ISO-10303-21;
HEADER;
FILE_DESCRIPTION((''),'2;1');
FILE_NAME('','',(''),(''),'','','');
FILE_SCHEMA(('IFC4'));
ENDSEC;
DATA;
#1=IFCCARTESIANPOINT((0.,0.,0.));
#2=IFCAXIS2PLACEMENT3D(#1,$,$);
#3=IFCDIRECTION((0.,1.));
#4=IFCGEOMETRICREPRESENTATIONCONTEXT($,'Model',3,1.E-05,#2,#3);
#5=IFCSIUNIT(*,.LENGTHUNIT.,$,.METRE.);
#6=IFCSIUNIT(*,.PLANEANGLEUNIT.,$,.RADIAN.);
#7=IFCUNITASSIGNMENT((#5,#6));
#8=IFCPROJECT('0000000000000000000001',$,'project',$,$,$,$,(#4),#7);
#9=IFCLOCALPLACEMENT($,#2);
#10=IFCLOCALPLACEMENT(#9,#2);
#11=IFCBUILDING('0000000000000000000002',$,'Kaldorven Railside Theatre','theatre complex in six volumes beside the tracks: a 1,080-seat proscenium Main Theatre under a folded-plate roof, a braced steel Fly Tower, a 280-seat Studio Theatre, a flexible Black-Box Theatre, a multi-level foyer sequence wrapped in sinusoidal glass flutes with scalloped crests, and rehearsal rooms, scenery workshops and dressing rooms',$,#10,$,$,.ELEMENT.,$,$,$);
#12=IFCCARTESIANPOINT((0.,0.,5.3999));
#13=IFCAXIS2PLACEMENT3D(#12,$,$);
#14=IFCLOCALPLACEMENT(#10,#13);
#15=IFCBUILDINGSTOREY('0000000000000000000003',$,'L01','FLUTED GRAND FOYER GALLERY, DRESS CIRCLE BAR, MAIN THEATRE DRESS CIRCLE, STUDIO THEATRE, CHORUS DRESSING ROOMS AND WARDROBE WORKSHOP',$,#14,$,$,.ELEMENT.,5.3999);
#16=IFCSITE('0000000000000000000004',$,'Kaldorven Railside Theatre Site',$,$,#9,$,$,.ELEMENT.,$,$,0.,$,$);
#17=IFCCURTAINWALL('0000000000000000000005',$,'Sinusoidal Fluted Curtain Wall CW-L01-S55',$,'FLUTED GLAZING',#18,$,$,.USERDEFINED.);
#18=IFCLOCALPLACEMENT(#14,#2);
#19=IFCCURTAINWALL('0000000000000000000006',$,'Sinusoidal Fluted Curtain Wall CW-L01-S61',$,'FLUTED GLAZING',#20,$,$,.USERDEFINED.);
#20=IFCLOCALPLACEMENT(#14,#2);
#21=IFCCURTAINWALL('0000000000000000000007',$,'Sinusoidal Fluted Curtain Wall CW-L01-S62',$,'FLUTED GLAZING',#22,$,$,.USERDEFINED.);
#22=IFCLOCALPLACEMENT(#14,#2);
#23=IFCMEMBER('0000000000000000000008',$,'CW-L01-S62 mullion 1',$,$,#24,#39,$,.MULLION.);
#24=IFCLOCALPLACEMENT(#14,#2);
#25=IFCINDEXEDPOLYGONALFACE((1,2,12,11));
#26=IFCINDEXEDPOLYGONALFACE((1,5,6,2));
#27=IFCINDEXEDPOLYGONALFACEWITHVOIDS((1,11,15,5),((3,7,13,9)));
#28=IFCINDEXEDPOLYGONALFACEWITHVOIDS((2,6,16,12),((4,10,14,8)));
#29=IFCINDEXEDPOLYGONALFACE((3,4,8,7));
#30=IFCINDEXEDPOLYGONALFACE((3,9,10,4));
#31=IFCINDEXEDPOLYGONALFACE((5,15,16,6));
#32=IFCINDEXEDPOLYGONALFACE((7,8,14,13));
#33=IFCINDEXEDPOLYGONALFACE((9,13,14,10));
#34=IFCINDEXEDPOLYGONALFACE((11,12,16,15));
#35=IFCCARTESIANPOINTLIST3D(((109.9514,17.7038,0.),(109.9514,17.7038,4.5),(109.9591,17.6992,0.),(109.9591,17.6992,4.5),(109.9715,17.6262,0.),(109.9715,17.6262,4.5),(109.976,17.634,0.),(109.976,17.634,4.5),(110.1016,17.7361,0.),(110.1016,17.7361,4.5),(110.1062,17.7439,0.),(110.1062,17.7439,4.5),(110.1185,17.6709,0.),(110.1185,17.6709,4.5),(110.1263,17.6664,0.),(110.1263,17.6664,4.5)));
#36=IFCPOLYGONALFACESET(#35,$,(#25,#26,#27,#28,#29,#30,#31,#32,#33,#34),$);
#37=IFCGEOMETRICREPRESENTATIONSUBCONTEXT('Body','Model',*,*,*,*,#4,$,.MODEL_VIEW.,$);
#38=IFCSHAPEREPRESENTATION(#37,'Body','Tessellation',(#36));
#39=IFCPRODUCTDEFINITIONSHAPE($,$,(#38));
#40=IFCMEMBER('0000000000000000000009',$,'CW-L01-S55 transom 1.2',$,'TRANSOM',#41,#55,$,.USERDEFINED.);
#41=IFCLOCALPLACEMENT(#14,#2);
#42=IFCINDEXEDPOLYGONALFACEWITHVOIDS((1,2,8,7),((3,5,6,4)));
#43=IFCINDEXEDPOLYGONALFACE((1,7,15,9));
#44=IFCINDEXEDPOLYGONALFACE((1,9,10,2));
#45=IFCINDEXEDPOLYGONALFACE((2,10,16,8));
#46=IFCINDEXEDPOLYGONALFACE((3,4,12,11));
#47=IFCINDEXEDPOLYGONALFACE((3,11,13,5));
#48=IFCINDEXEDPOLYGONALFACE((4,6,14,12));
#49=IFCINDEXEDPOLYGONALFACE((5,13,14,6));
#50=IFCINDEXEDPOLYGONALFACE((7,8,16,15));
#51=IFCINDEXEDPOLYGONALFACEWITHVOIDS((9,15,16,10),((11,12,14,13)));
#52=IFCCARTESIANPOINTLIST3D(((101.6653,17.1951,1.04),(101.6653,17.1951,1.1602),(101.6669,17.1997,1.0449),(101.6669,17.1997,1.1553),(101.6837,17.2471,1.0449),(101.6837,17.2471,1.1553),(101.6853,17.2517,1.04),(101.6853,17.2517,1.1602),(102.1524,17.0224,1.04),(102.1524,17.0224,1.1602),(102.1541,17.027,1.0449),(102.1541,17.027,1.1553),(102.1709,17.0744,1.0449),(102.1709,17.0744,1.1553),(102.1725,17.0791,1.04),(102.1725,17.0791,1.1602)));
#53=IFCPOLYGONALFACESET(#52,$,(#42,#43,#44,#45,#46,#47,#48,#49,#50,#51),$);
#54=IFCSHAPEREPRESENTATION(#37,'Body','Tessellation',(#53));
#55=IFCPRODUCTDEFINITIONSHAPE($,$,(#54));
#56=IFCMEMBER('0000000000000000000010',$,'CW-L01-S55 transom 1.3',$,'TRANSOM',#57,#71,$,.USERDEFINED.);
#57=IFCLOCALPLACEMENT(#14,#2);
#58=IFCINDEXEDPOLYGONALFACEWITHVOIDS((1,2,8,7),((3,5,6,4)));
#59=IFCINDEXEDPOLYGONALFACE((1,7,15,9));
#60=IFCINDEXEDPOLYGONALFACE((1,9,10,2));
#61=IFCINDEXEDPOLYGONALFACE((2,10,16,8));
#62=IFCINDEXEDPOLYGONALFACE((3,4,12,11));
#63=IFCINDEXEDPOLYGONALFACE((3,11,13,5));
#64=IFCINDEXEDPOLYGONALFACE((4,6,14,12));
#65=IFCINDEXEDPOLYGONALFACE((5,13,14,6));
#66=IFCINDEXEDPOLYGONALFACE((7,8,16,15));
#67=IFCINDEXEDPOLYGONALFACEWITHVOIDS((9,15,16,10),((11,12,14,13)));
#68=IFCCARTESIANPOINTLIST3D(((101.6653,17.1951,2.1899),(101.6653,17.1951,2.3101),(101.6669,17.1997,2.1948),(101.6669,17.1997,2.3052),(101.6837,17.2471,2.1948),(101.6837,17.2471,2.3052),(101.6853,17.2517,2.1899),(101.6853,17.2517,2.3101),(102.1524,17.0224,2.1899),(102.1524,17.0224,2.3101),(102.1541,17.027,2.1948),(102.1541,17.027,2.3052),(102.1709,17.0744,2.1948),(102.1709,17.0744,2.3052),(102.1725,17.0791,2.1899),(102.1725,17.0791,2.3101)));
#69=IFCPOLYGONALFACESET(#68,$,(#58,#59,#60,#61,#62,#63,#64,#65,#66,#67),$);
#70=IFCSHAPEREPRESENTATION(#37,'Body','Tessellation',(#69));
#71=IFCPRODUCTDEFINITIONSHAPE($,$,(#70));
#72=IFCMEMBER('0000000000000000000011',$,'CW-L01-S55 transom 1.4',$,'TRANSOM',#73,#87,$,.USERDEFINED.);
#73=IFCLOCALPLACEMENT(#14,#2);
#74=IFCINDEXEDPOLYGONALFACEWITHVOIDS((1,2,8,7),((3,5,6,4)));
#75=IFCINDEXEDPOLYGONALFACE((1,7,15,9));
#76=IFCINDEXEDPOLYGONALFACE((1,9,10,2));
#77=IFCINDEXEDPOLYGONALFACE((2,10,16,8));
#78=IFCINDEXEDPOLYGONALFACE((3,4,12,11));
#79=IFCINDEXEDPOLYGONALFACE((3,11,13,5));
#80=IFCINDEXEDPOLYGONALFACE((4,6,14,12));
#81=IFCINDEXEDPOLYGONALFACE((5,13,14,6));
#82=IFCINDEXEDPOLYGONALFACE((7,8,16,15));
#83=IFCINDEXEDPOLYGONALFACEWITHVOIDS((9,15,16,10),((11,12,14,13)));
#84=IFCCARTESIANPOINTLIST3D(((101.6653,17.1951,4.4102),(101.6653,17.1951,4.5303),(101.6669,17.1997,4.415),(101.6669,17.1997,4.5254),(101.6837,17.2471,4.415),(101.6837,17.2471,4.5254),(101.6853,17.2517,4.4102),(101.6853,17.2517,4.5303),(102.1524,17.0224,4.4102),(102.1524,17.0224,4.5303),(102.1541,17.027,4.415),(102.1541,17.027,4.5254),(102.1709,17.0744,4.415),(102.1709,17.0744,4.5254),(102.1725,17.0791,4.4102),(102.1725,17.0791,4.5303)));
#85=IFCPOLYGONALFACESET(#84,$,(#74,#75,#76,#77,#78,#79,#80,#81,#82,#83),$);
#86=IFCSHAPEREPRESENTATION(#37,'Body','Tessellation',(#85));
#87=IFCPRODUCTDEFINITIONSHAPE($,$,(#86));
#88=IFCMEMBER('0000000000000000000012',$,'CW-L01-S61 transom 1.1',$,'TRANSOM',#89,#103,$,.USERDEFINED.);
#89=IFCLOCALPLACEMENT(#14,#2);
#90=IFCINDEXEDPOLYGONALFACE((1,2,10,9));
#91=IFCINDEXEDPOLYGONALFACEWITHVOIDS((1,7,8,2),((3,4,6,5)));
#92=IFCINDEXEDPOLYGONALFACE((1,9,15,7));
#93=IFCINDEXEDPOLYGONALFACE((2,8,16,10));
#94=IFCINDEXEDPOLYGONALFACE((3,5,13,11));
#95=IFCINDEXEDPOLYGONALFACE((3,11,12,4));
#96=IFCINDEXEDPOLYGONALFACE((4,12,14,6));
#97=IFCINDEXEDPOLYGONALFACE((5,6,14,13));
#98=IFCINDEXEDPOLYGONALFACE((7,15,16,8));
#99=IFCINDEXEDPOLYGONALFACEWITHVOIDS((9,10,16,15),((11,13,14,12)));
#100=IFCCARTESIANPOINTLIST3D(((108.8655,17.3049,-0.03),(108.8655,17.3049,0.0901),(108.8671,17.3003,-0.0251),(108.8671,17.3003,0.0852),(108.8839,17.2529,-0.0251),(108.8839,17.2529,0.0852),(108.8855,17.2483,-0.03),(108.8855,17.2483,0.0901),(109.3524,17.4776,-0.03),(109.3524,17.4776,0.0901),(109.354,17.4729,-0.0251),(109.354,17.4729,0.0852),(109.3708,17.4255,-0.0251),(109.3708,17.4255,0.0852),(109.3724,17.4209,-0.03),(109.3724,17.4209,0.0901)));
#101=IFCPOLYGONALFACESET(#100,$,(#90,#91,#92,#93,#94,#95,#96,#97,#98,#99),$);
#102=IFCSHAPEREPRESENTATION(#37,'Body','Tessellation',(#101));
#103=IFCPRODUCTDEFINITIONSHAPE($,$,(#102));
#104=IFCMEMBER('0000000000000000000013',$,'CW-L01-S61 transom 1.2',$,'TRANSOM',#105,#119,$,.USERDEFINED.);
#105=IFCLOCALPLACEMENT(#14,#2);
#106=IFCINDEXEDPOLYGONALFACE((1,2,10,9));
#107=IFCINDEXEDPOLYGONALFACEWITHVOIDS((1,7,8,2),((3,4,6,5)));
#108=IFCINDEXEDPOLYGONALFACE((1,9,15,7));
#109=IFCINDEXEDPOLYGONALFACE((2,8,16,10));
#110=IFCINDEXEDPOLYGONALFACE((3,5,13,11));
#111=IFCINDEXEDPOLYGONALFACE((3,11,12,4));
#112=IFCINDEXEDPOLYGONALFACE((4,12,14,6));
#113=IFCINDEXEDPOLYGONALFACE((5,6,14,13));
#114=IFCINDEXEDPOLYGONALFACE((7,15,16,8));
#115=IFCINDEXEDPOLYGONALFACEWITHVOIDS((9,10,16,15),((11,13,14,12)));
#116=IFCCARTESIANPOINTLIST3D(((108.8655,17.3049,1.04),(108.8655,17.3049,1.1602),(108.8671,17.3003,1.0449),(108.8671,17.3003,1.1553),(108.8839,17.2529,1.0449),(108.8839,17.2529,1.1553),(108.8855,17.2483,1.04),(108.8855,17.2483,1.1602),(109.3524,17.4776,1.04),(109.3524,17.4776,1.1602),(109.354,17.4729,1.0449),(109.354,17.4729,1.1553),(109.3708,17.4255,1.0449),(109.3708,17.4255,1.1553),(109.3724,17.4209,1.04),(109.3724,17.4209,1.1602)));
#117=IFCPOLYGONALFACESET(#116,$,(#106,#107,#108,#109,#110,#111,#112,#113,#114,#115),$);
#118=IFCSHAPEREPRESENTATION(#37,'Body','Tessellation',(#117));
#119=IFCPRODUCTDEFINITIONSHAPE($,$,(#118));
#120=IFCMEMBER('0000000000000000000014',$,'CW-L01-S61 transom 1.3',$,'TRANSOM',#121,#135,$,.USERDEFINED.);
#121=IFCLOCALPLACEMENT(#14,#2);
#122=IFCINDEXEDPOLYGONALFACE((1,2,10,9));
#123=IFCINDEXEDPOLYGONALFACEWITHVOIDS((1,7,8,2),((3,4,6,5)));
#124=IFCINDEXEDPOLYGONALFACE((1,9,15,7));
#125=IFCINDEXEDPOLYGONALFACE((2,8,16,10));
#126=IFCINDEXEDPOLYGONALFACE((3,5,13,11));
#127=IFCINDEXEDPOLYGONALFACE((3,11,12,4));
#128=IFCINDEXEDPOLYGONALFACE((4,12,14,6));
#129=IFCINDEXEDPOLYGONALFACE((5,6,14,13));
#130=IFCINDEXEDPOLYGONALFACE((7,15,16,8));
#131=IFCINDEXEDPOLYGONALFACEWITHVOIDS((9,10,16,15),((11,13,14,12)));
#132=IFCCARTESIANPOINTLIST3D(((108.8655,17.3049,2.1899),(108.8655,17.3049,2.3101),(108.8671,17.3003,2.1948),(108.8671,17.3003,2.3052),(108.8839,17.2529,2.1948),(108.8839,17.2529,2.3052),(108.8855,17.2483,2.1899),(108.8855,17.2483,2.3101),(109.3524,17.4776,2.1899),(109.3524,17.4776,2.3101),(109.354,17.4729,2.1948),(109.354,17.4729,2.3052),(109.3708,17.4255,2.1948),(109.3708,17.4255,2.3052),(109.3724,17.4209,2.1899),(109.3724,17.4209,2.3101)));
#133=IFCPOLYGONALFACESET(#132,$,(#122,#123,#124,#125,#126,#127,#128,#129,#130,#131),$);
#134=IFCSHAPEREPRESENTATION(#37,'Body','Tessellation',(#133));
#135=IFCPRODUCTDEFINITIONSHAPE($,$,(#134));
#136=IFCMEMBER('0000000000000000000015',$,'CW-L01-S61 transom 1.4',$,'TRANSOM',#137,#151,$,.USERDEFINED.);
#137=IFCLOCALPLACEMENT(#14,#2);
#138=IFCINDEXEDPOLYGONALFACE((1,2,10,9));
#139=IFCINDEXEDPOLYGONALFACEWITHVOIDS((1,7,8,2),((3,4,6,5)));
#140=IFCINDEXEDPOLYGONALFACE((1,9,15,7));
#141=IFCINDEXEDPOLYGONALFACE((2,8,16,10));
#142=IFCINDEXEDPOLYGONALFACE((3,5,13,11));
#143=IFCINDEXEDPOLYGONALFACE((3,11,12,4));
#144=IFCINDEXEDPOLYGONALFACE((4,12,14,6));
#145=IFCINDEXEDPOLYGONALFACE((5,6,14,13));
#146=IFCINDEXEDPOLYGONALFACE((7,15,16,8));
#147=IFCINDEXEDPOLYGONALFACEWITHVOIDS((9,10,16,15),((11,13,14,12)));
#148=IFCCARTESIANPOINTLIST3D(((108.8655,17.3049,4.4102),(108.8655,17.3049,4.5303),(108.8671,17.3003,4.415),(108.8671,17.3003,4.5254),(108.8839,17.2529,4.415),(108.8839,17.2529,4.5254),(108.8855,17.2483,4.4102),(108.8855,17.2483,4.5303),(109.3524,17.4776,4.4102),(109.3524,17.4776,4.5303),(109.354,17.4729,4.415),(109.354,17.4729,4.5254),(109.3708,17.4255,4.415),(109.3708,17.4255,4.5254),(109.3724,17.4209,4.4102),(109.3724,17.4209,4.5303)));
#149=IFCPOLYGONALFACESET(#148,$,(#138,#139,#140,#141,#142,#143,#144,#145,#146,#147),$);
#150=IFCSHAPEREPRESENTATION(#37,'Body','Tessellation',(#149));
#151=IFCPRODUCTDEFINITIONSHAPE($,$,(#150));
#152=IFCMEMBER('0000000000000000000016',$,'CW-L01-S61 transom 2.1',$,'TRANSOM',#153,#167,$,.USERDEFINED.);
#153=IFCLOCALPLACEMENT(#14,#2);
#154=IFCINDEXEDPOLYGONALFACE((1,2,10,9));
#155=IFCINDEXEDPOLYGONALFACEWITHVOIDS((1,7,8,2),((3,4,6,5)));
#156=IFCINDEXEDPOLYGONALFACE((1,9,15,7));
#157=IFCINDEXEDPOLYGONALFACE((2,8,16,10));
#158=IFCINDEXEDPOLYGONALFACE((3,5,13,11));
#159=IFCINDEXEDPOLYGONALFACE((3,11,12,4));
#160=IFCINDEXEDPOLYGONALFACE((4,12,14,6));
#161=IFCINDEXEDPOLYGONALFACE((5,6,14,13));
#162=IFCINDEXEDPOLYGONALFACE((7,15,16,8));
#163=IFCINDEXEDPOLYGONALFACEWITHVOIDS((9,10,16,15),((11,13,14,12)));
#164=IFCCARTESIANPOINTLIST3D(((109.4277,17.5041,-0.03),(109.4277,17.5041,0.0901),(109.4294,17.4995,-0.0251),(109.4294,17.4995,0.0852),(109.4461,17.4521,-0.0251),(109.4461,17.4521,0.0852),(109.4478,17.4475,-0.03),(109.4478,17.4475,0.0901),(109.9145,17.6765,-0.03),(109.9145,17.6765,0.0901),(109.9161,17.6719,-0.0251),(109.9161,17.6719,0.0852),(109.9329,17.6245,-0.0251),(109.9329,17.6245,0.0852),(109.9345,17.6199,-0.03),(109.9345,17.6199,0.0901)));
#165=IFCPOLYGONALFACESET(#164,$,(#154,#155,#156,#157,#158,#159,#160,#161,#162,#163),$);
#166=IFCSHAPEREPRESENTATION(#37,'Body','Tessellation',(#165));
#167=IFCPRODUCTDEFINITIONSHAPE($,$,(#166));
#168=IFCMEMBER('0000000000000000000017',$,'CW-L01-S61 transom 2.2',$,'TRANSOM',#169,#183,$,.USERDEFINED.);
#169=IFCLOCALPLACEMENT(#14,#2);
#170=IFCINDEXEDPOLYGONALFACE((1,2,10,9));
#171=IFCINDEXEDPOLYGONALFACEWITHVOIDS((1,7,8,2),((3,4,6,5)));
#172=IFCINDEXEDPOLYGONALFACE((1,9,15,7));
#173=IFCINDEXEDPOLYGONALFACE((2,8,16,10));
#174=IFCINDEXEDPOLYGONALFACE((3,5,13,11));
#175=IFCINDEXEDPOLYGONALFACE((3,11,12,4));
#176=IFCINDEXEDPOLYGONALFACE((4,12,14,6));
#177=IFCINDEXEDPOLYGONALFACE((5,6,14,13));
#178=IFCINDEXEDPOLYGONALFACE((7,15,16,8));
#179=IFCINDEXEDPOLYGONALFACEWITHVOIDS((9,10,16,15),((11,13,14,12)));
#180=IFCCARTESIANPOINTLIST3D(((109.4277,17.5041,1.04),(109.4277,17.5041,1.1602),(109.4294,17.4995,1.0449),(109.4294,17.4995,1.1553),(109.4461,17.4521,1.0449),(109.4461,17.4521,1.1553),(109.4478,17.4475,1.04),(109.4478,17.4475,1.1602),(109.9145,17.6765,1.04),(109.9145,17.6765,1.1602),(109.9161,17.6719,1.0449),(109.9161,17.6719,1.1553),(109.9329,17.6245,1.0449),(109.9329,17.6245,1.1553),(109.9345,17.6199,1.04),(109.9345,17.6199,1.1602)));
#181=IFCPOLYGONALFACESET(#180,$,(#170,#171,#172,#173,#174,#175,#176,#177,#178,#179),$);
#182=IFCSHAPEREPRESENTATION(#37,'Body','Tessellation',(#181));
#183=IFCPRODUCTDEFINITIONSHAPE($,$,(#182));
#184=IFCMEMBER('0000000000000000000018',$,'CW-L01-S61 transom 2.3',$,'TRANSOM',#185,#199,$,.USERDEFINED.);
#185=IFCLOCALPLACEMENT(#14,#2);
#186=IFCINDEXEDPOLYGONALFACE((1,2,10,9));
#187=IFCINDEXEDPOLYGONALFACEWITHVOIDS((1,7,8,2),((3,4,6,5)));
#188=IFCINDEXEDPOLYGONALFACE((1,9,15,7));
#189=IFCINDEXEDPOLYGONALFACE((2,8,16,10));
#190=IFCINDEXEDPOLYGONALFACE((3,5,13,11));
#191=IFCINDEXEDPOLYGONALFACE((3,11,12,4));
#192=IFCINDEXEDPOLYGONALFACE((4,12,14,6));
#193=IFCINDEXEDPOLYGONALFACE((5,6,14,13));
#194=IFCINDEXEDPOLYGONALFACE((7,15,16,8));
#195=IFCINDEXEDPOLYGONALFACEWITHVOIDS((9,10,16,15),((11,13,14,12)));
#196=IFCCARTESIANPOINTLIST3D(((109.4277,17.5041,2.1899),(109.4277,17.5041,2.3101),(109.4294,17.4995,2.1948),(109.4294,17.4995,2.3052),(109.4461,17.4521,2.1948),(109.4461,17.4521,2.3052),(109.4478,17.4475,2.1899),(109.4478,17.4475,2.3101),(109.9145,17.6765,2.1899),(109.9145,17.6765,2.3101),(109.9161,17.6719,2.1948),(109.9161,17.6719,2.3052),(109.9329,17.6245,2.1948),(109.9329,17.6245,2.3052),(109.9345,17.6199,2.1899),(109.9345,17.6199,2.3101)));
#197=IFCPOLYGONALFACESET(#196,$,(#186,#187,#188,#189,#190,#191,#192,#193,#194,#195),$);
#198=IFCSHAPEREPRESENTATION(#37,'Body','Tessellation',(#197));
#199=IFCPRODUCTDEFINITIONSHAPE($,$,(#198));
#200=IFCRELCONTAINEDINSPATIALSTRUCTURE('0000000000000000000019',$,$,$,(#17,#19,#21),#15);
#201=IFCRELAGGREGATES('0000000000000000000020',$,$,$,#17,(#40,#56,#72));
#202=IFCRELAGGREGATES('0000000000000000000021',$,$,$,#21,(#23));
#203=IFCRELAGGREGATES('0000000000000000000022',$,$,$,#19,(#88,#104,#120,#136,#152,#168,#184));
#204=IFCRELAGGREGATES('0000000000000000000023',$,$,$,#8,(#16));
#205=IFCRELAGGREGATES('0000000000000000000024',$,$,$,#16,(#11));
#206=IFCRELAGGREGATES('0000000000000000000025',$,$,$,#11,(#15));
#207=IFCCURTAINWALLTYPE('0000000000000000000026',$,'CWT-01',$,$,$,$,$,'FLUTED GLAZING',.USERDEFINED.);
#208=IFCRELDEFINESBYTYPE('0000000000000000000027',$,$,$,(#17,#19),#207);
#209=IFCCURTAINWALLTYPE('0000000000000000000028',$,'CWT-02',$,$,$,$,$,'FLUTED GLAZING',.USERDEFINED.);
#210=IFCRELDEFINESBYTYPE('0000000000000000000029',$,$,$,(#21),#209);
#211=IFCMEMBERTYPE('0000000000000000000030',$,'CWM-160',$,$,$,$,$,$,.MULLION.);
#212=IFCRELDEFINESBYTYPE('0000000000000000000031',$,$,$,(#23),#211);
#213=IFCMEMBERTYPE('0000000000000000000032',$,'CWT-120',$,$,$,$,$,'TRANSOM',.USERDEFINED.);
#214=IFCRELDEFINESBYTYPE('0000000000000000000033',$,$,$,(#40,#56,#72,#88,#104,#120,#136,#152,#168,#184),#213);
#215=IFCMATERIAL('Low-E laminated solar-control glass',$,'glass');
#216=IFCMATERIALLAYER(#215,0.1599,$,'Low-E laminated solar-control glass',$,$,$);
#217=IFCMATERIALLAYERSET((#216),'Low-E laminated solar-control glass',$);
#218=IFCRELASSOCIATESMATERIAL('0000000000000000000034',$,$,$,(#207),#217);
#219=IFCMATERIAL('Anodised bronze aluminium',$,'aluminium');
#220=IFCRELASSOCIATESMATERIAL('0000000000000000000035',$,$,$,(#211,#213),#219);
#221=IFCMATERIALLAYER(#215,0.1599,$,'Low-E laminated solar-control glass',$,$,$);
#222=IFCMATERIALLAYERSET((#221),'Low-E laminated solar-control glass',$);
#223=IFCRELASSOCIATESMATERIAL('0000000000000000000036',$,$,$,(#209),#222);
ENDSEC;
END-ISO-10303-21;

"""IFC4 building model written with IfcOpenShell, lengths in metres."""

from ifc_helpers import new_model, si_unit, direction, frame, origin, origin_2d, place, context, subcontext, project, spatial, hollow_rectangle, extrude, material, layer, layer_set, material_profile, profile_set, type_object, element, aggregate, save


model = new_model("IFC4")

# Units and contexts
model_context = context("Model", 3, precision=1e-05, world=origin(), true_north=direction((0.0, 1.0)))
body_context = subcontext(model_context, "Body", "Model", "MODEL_VIEW")
ifc_project = project(units=[si_unit("LENGTHUNIT", "METRE"), si_unit("PLANEANGLEUNIT", "RADIAN")], contexts=[model_context])

# Site, building, storey
site_placement = place(None, origin())
site = spatial("IfcSite", under=ifc_project, at=site_placement, Name="Kaldorven Railside Theatre Site", CompositionType="ELEMENT", RefElevation=0.0)
building_placement = place(site_placement, origin())
building = spatial("IfcBuilding", under=site, at=building_placement, Name="Kaldorven Railside Theatre", Description="theatre complex in six volumes beside the tracks: a 1,080-seat proscenium Main Theatre under a folded-plate roof, a braced steel Fly Tower, a 280-seat Studio Theatre, a flexible Black-Box Theatre, a multi-level foyer sequence wrapped in sinusoidal glass flutes with scalloped crests, and rehearsal rooms, scenery workshops and dressing rooms", CompositionType="ELEMENT")
storey_placement = place(building_placement, frame((0.0, 0.0, 5.3999)))
storey = spatial("IfcBuildingStorey", under=building, at=storey_placement, Name="L01", Description="FLUTED GRAND FOYER GALLERY, DRESS CIRCLE BAR, MAIN THEATRE DRESS CIRCLE, STUDIO THEATRE, CHORUS DRESSING ROOMS AND WARDROBE WORKSHOP", CompositionType="ELEMENT", Elevation=5.3999)

# Curtain wall
ifc_material_1 = material(Name="Low-E laminated solar-control glass", Category="glass")
ifc_layer_1 = layer(ifc_material_1, 0.1599, Name="Low-E laminated solar-control glass")
ifc_layer_set_1 = layer_set([ifc_layer_1], Name="Low-E laminated solar-control glass")
curtain_wall_type_1 = type_object("IfcCurtainWallType", Name="CWT-01", ElementType="FLUTED GLAZING", PredefinedType="USERDEFINED", material=ifc_layer_set_1)
curtain_wall_1_placement = place(storey_placement, origin())
curtain_wall_1 = element("IfcCurtainWall", 1, at=curtain_wall_1_placement, inside=storey, type_object=curtain_wall_type_1, Name="Sinusoidal Fluted Curtain Wall CW-L01-S55", ObjectType="FLUTED GLAZING", PredefinedType="USERDEFINED")
ifc_material_2 = material(Name="Anodised bronze aluminium", Category="aluminium")
ifc_material_profile_1 = material_profile(ifc_material_2, hollow_rectangle(XDim=0.0801, YDim=0.1599, WallThickness=0.0063, at=origin_2d()), Name="RHS 160x80x6.3")
ifc_profile_set_1 = profile_set([ifc_material_profile_1], Name="Anodised bronze aluminium")
member_type_1 = type_object("IfcMemberType", Name="CWM-160", PredefinedType="MULLION", material=ifc_profile_set_1)

# Curtain wall
curtain_wall_2_placement = place(storey_placement, origin())
curtain_wall_2 = element("IfcCurtainWall", 2, at=curtain_wall_2_placement, inside=storey, type_object=curtain_wall_type_1, Name="Sinusoidal Fluted Curtain Wall CW-L01-S61", ObjectType="FLUTED GLAZING", PredefinedType="USERDEFINED")

# Curtain wall, member
ifc_layer_2 = layer(ifc_material_1, 0.1599, Name="Low-E laminated solar-control glass")
ifc_layer_set_2 = layer_set([ifc_layer_2], Name="Low-E laminated solar-control glass")
curtain_wall_type_2 = type_object("IfcCurtainWallType", Name="CWT-02", ElementType="FLUTED GLAZING", PredefinedType="USERDEFINED", material=ifc_layer_set_2)
curtain_wall_3_placement = place(storey_placement, origin())
curtain_wall_3 = element("IfcCurtainWall", 3, at=curtain_wall_3_placement, inside=storey, type_object=curtain_wall_type_2, Name="Sinusoidal Fluted Curtain Wall CW-L01-S62", ObjectType="FLUTED GLAZING", PredefinedType="USERDEFINED")
member_1_placement = place(storey_placement, frame((110.0388, 17.6851, 0.0), z_axis=(0.0, 0.0, 1.0), x_axis=(-0.250954, 0.967999, 0.0)))
member_1 = element("IfcMember", 4, at=member_1_placement, type_object=member_type_1, Name="CW-L01-S62 mullion 1", PredefinedType="MULLION", context=body_context, shape_type="SweptSolid", body=[
    extrude(hollow_rectangle(XDim=0.0801, YDim=0.1599, WallThickness=0.0063, at=origin_2d()), origin(), (0.0, 0.0, 1.0), 4.5),
])

# Members
ifc_material_profile_2 = material_profile(ifc_material_2, hollow_rectangle(XDim=0.0601, YDim=0.1201, WallThickness=0.0049, at=origin_2d()), Name="RHS 120x60x5")
ifc_profile_set_2 = profile_set([ifc_material_profile_2], Name="Anodised bronze aluminium")
member_type_2 = type_object("IfcMemberType", Name="CWT-120", ElementType="TRANSOM", PredefinedType="USERDEFINED", material=ifc_profile_set_2)
member_2_placement = place(storey_placement, frame((101.6753, 17.2234, 1.1001), z_axis=(0.942562, -0.334031, 0.0), x_axis=(0.334031, 0.942562, 0.0)))
member_2 = element("IfcMember", 5, at=member_2_placement, type_object=member_type_2, Name="CW-L01-S55 transom 1.2", ObjectType="TRANSOM", PredefinedType="USERDEFINED", context=body_context, shape_type="SweptSolid", body=[
    extrude(hollow_rectangle(XDim=0.0601, YDim=0.1201, WallThickness=0.0049, at=origin_2d()), origin(), (0.0, 0.0, 1.0), 0.5168),
])
member_3_placement = place(storey_placement, frame((101.6753, 17.2234, 2.25), z_axis=(0.942562, -0.334031, 0.0), x_axis=(0.334031, 0.942562, 0.0)))
member_3 = element("IfcMember", 6, at=member_3_placement, type_object=member_type_2, Name="CW-L01-S55 transom 1.3", ObjectType="TRANSOM", PredefinedType="USERDEFINED", context=body_context, shape_type="SweptSolid", body=[
    extrude(hollow_rectangle(XDim=0.0601, YDim=0.1201, WallThickness=0.0049, at=origin_2d()), origin(), (0.0, 0.0, 1.0), 0.5168),
])
member_4_placement = place(storey_placement, frame((101.6753, 17.2234, 4.4702), z_axis=(0.942562, -0.334031, 0.0), x_axis=(0.334031, 0.942562, 0.0)))
member_4 = element("IfcMember", 7, at=member_4_placement, type_object=member_type_2, Name="CW-L01-S55 transom 1.4", ObjectType="TRANSOM", PredefinedType="USERDEFINED", context=body_context, shape_type="SweptSolid", body=[
    extrude(hollow_rectangle(XDim=0.0601, YDim=0.1201, WallThickness=0.0049, at=origin_2d()), origin(), (0.0, 0.0, 1.0), 0.5168),
])
aggregate(curtain_wall_1, [member_2, member_3, member_4])
member_5_placement = place(storey_placement, frame((108.8755, 17.2766, 0.03), z_axis=(0.942509, 0.33418, 0.0), x_axis=(-0.33418, 0.942509, 0.0)))
member_5 = element("IfcMember", 8, at=member_5_placement, type_object=member_type_2, Name="CW-L01-S61 transom 1.1", ObjectType="TRANSOM", PredefinedType="USERDEFINED", context=body_context, shape_type="SweptSolid", body=[
    extrude(hollow_rectangle(XDim=0.0601, YDim=0.1201, WallThickness=0.0049, at=origin_2d()), origin(), (0.0, 0.0, 1.0), 0.5166),
])
member_6_placement = place(storey_placement, frame((108.8755, 17.2766, 1.1001), z_axis=(0.942509, 0.33418, 0.0), x_axis=(-0.33418, 0.942509, 0.0)))
member_6 = element("IfcMember", 9, at=member_6_placement, type_object=member_type_2, Name="CW-L01-S61 transom 1.2", ObjectType="TRANSOM", PredefinedType="USERDEFINED", context=body_context, shape_type="SweptSolid", body=[
    extrude(hollow_rectangle(XDim=0.0601, YDim=0.1201, WallThickness=0.0049, at=origin_2d()), origin(), (0.0, 0.0, 1.0), 0.5166),
])
member_7_placement = place(storey_placement, frame((108.8755, 17.2766, 2.25), z_axis=(0.942509, 0.33418, 0.0), x_axis=(-0.33418, 0.942509, 0.0)))
member_7 = element("IfcMember", 10, at=member_7_placement, type_object=member_type_2, Name="CW-L01-S61 transom 1.3", ObjectType="TRANSOM", PredefinedType="USERDEFINED", context=body_context, shape_type="SweptSolid", body=[
    extrude(hollow_rectangle(XDim=0.0601, YDim=0.1201, WallThickness=0.0049, at=origin_2d()), origin(), (0.0, 0.0, 1.0), 0.5166),
])
member_8_placement = place(storey_placement, frame((108.8755, 17.2766, 4.4702), z_axis=(0.942509, 0.33418, 0.0), x_axis=(-0.33418, 0.942509, 0.0)))
member_8 = element("IfcMember", 11, at=member_8_placement, type_object=member_type_2, Name="CW-L01-S61 transom 1.4", ObjectType="TRANSOM", PredefinedType="USERDEFINED", context=body_context, shape_type="SweptSolid", body=[
    extrude(hollow_rectangle(XDim=0.0601, YDim=0.1201, WallThickness=0.0049, at=origin_2d()), origin(), (0.0, 0.0, 1.0), 0.5166),
])
member_9_placement = place(storey_placement, frame((109.4377, 17.4758, 0.03), z_axis=(0.942658, 0.33376, 0.0), x_axis=(-0.33376, 0.942658, 0.0)))
member_9 = element("IfcMember", 12, at=member_9_placement, type_object=member_type_2, Name="CW-L01-S61 transom 2.1", ObjectType="TRANSOM", PredefinedType="USERDEFINED", context=body_context, shape_type="SweptSolid", body=[
    extrude(hollow_rectangle(XDim=0.0601, YDim=0.1201, WallThickness=0.0049, at=origin_2d()), origin(), (0.0, 0.0, 1.0), 0.5164),
])
member_10_placement = place(storey_placement, frame((109.4377, 17.4758, 1.1001), z_axis=(0.942658, 0.33376, 0.0), x_axis=(-0.33376, 0.942658, 0.0)))
member_10 = element("IfcMember", 13, at=member_10_placement, type_object=member_type_2, Name="CW-L01-S61 transom 2.2", ObjectType="TRANSOM", PredefinedType="USERDEFINED", context=body_context, shape_type="SweptSolid", body=[
    extrude(hollow_rectangle(XDim=0.0601, YDim=0.1201, WallThickness=0.0049, at=origin_2d()), origin(), (0.0, 0.0, 1.0), 0.5164),
])
member_11_placement = place(storey_placement, frame((109.4377, 17.4758, 2.25), z_axis=(0.942658, 0.33376, 0.0), x_axis=(-0.33376, 0.942658, 0.0)))
member_11 = element("IfcMember", 14, at=member_11_placement, type_object=member_type_2, Name="CW-L01-S61 transom 2.3", ObjectType="TRANSOM", PredefinedType="USERDEFINED", context=body_context, shape_type="SweptSolid", body=[
    extrude(hollow_rectangle(XDim=0.0601, YDim=0.1201, WallThickness=0.0049, at=origin_2d()), origin(), (0.0, 0.0, 1.0), 0.5164),
])
aggregate(curtain_wall_3, [member_1])

aggregate(curtain_wall_2, [member_5, member_6, member_7, member_8, member_9, member_10, member_11])

save(model, "model.ifc")
